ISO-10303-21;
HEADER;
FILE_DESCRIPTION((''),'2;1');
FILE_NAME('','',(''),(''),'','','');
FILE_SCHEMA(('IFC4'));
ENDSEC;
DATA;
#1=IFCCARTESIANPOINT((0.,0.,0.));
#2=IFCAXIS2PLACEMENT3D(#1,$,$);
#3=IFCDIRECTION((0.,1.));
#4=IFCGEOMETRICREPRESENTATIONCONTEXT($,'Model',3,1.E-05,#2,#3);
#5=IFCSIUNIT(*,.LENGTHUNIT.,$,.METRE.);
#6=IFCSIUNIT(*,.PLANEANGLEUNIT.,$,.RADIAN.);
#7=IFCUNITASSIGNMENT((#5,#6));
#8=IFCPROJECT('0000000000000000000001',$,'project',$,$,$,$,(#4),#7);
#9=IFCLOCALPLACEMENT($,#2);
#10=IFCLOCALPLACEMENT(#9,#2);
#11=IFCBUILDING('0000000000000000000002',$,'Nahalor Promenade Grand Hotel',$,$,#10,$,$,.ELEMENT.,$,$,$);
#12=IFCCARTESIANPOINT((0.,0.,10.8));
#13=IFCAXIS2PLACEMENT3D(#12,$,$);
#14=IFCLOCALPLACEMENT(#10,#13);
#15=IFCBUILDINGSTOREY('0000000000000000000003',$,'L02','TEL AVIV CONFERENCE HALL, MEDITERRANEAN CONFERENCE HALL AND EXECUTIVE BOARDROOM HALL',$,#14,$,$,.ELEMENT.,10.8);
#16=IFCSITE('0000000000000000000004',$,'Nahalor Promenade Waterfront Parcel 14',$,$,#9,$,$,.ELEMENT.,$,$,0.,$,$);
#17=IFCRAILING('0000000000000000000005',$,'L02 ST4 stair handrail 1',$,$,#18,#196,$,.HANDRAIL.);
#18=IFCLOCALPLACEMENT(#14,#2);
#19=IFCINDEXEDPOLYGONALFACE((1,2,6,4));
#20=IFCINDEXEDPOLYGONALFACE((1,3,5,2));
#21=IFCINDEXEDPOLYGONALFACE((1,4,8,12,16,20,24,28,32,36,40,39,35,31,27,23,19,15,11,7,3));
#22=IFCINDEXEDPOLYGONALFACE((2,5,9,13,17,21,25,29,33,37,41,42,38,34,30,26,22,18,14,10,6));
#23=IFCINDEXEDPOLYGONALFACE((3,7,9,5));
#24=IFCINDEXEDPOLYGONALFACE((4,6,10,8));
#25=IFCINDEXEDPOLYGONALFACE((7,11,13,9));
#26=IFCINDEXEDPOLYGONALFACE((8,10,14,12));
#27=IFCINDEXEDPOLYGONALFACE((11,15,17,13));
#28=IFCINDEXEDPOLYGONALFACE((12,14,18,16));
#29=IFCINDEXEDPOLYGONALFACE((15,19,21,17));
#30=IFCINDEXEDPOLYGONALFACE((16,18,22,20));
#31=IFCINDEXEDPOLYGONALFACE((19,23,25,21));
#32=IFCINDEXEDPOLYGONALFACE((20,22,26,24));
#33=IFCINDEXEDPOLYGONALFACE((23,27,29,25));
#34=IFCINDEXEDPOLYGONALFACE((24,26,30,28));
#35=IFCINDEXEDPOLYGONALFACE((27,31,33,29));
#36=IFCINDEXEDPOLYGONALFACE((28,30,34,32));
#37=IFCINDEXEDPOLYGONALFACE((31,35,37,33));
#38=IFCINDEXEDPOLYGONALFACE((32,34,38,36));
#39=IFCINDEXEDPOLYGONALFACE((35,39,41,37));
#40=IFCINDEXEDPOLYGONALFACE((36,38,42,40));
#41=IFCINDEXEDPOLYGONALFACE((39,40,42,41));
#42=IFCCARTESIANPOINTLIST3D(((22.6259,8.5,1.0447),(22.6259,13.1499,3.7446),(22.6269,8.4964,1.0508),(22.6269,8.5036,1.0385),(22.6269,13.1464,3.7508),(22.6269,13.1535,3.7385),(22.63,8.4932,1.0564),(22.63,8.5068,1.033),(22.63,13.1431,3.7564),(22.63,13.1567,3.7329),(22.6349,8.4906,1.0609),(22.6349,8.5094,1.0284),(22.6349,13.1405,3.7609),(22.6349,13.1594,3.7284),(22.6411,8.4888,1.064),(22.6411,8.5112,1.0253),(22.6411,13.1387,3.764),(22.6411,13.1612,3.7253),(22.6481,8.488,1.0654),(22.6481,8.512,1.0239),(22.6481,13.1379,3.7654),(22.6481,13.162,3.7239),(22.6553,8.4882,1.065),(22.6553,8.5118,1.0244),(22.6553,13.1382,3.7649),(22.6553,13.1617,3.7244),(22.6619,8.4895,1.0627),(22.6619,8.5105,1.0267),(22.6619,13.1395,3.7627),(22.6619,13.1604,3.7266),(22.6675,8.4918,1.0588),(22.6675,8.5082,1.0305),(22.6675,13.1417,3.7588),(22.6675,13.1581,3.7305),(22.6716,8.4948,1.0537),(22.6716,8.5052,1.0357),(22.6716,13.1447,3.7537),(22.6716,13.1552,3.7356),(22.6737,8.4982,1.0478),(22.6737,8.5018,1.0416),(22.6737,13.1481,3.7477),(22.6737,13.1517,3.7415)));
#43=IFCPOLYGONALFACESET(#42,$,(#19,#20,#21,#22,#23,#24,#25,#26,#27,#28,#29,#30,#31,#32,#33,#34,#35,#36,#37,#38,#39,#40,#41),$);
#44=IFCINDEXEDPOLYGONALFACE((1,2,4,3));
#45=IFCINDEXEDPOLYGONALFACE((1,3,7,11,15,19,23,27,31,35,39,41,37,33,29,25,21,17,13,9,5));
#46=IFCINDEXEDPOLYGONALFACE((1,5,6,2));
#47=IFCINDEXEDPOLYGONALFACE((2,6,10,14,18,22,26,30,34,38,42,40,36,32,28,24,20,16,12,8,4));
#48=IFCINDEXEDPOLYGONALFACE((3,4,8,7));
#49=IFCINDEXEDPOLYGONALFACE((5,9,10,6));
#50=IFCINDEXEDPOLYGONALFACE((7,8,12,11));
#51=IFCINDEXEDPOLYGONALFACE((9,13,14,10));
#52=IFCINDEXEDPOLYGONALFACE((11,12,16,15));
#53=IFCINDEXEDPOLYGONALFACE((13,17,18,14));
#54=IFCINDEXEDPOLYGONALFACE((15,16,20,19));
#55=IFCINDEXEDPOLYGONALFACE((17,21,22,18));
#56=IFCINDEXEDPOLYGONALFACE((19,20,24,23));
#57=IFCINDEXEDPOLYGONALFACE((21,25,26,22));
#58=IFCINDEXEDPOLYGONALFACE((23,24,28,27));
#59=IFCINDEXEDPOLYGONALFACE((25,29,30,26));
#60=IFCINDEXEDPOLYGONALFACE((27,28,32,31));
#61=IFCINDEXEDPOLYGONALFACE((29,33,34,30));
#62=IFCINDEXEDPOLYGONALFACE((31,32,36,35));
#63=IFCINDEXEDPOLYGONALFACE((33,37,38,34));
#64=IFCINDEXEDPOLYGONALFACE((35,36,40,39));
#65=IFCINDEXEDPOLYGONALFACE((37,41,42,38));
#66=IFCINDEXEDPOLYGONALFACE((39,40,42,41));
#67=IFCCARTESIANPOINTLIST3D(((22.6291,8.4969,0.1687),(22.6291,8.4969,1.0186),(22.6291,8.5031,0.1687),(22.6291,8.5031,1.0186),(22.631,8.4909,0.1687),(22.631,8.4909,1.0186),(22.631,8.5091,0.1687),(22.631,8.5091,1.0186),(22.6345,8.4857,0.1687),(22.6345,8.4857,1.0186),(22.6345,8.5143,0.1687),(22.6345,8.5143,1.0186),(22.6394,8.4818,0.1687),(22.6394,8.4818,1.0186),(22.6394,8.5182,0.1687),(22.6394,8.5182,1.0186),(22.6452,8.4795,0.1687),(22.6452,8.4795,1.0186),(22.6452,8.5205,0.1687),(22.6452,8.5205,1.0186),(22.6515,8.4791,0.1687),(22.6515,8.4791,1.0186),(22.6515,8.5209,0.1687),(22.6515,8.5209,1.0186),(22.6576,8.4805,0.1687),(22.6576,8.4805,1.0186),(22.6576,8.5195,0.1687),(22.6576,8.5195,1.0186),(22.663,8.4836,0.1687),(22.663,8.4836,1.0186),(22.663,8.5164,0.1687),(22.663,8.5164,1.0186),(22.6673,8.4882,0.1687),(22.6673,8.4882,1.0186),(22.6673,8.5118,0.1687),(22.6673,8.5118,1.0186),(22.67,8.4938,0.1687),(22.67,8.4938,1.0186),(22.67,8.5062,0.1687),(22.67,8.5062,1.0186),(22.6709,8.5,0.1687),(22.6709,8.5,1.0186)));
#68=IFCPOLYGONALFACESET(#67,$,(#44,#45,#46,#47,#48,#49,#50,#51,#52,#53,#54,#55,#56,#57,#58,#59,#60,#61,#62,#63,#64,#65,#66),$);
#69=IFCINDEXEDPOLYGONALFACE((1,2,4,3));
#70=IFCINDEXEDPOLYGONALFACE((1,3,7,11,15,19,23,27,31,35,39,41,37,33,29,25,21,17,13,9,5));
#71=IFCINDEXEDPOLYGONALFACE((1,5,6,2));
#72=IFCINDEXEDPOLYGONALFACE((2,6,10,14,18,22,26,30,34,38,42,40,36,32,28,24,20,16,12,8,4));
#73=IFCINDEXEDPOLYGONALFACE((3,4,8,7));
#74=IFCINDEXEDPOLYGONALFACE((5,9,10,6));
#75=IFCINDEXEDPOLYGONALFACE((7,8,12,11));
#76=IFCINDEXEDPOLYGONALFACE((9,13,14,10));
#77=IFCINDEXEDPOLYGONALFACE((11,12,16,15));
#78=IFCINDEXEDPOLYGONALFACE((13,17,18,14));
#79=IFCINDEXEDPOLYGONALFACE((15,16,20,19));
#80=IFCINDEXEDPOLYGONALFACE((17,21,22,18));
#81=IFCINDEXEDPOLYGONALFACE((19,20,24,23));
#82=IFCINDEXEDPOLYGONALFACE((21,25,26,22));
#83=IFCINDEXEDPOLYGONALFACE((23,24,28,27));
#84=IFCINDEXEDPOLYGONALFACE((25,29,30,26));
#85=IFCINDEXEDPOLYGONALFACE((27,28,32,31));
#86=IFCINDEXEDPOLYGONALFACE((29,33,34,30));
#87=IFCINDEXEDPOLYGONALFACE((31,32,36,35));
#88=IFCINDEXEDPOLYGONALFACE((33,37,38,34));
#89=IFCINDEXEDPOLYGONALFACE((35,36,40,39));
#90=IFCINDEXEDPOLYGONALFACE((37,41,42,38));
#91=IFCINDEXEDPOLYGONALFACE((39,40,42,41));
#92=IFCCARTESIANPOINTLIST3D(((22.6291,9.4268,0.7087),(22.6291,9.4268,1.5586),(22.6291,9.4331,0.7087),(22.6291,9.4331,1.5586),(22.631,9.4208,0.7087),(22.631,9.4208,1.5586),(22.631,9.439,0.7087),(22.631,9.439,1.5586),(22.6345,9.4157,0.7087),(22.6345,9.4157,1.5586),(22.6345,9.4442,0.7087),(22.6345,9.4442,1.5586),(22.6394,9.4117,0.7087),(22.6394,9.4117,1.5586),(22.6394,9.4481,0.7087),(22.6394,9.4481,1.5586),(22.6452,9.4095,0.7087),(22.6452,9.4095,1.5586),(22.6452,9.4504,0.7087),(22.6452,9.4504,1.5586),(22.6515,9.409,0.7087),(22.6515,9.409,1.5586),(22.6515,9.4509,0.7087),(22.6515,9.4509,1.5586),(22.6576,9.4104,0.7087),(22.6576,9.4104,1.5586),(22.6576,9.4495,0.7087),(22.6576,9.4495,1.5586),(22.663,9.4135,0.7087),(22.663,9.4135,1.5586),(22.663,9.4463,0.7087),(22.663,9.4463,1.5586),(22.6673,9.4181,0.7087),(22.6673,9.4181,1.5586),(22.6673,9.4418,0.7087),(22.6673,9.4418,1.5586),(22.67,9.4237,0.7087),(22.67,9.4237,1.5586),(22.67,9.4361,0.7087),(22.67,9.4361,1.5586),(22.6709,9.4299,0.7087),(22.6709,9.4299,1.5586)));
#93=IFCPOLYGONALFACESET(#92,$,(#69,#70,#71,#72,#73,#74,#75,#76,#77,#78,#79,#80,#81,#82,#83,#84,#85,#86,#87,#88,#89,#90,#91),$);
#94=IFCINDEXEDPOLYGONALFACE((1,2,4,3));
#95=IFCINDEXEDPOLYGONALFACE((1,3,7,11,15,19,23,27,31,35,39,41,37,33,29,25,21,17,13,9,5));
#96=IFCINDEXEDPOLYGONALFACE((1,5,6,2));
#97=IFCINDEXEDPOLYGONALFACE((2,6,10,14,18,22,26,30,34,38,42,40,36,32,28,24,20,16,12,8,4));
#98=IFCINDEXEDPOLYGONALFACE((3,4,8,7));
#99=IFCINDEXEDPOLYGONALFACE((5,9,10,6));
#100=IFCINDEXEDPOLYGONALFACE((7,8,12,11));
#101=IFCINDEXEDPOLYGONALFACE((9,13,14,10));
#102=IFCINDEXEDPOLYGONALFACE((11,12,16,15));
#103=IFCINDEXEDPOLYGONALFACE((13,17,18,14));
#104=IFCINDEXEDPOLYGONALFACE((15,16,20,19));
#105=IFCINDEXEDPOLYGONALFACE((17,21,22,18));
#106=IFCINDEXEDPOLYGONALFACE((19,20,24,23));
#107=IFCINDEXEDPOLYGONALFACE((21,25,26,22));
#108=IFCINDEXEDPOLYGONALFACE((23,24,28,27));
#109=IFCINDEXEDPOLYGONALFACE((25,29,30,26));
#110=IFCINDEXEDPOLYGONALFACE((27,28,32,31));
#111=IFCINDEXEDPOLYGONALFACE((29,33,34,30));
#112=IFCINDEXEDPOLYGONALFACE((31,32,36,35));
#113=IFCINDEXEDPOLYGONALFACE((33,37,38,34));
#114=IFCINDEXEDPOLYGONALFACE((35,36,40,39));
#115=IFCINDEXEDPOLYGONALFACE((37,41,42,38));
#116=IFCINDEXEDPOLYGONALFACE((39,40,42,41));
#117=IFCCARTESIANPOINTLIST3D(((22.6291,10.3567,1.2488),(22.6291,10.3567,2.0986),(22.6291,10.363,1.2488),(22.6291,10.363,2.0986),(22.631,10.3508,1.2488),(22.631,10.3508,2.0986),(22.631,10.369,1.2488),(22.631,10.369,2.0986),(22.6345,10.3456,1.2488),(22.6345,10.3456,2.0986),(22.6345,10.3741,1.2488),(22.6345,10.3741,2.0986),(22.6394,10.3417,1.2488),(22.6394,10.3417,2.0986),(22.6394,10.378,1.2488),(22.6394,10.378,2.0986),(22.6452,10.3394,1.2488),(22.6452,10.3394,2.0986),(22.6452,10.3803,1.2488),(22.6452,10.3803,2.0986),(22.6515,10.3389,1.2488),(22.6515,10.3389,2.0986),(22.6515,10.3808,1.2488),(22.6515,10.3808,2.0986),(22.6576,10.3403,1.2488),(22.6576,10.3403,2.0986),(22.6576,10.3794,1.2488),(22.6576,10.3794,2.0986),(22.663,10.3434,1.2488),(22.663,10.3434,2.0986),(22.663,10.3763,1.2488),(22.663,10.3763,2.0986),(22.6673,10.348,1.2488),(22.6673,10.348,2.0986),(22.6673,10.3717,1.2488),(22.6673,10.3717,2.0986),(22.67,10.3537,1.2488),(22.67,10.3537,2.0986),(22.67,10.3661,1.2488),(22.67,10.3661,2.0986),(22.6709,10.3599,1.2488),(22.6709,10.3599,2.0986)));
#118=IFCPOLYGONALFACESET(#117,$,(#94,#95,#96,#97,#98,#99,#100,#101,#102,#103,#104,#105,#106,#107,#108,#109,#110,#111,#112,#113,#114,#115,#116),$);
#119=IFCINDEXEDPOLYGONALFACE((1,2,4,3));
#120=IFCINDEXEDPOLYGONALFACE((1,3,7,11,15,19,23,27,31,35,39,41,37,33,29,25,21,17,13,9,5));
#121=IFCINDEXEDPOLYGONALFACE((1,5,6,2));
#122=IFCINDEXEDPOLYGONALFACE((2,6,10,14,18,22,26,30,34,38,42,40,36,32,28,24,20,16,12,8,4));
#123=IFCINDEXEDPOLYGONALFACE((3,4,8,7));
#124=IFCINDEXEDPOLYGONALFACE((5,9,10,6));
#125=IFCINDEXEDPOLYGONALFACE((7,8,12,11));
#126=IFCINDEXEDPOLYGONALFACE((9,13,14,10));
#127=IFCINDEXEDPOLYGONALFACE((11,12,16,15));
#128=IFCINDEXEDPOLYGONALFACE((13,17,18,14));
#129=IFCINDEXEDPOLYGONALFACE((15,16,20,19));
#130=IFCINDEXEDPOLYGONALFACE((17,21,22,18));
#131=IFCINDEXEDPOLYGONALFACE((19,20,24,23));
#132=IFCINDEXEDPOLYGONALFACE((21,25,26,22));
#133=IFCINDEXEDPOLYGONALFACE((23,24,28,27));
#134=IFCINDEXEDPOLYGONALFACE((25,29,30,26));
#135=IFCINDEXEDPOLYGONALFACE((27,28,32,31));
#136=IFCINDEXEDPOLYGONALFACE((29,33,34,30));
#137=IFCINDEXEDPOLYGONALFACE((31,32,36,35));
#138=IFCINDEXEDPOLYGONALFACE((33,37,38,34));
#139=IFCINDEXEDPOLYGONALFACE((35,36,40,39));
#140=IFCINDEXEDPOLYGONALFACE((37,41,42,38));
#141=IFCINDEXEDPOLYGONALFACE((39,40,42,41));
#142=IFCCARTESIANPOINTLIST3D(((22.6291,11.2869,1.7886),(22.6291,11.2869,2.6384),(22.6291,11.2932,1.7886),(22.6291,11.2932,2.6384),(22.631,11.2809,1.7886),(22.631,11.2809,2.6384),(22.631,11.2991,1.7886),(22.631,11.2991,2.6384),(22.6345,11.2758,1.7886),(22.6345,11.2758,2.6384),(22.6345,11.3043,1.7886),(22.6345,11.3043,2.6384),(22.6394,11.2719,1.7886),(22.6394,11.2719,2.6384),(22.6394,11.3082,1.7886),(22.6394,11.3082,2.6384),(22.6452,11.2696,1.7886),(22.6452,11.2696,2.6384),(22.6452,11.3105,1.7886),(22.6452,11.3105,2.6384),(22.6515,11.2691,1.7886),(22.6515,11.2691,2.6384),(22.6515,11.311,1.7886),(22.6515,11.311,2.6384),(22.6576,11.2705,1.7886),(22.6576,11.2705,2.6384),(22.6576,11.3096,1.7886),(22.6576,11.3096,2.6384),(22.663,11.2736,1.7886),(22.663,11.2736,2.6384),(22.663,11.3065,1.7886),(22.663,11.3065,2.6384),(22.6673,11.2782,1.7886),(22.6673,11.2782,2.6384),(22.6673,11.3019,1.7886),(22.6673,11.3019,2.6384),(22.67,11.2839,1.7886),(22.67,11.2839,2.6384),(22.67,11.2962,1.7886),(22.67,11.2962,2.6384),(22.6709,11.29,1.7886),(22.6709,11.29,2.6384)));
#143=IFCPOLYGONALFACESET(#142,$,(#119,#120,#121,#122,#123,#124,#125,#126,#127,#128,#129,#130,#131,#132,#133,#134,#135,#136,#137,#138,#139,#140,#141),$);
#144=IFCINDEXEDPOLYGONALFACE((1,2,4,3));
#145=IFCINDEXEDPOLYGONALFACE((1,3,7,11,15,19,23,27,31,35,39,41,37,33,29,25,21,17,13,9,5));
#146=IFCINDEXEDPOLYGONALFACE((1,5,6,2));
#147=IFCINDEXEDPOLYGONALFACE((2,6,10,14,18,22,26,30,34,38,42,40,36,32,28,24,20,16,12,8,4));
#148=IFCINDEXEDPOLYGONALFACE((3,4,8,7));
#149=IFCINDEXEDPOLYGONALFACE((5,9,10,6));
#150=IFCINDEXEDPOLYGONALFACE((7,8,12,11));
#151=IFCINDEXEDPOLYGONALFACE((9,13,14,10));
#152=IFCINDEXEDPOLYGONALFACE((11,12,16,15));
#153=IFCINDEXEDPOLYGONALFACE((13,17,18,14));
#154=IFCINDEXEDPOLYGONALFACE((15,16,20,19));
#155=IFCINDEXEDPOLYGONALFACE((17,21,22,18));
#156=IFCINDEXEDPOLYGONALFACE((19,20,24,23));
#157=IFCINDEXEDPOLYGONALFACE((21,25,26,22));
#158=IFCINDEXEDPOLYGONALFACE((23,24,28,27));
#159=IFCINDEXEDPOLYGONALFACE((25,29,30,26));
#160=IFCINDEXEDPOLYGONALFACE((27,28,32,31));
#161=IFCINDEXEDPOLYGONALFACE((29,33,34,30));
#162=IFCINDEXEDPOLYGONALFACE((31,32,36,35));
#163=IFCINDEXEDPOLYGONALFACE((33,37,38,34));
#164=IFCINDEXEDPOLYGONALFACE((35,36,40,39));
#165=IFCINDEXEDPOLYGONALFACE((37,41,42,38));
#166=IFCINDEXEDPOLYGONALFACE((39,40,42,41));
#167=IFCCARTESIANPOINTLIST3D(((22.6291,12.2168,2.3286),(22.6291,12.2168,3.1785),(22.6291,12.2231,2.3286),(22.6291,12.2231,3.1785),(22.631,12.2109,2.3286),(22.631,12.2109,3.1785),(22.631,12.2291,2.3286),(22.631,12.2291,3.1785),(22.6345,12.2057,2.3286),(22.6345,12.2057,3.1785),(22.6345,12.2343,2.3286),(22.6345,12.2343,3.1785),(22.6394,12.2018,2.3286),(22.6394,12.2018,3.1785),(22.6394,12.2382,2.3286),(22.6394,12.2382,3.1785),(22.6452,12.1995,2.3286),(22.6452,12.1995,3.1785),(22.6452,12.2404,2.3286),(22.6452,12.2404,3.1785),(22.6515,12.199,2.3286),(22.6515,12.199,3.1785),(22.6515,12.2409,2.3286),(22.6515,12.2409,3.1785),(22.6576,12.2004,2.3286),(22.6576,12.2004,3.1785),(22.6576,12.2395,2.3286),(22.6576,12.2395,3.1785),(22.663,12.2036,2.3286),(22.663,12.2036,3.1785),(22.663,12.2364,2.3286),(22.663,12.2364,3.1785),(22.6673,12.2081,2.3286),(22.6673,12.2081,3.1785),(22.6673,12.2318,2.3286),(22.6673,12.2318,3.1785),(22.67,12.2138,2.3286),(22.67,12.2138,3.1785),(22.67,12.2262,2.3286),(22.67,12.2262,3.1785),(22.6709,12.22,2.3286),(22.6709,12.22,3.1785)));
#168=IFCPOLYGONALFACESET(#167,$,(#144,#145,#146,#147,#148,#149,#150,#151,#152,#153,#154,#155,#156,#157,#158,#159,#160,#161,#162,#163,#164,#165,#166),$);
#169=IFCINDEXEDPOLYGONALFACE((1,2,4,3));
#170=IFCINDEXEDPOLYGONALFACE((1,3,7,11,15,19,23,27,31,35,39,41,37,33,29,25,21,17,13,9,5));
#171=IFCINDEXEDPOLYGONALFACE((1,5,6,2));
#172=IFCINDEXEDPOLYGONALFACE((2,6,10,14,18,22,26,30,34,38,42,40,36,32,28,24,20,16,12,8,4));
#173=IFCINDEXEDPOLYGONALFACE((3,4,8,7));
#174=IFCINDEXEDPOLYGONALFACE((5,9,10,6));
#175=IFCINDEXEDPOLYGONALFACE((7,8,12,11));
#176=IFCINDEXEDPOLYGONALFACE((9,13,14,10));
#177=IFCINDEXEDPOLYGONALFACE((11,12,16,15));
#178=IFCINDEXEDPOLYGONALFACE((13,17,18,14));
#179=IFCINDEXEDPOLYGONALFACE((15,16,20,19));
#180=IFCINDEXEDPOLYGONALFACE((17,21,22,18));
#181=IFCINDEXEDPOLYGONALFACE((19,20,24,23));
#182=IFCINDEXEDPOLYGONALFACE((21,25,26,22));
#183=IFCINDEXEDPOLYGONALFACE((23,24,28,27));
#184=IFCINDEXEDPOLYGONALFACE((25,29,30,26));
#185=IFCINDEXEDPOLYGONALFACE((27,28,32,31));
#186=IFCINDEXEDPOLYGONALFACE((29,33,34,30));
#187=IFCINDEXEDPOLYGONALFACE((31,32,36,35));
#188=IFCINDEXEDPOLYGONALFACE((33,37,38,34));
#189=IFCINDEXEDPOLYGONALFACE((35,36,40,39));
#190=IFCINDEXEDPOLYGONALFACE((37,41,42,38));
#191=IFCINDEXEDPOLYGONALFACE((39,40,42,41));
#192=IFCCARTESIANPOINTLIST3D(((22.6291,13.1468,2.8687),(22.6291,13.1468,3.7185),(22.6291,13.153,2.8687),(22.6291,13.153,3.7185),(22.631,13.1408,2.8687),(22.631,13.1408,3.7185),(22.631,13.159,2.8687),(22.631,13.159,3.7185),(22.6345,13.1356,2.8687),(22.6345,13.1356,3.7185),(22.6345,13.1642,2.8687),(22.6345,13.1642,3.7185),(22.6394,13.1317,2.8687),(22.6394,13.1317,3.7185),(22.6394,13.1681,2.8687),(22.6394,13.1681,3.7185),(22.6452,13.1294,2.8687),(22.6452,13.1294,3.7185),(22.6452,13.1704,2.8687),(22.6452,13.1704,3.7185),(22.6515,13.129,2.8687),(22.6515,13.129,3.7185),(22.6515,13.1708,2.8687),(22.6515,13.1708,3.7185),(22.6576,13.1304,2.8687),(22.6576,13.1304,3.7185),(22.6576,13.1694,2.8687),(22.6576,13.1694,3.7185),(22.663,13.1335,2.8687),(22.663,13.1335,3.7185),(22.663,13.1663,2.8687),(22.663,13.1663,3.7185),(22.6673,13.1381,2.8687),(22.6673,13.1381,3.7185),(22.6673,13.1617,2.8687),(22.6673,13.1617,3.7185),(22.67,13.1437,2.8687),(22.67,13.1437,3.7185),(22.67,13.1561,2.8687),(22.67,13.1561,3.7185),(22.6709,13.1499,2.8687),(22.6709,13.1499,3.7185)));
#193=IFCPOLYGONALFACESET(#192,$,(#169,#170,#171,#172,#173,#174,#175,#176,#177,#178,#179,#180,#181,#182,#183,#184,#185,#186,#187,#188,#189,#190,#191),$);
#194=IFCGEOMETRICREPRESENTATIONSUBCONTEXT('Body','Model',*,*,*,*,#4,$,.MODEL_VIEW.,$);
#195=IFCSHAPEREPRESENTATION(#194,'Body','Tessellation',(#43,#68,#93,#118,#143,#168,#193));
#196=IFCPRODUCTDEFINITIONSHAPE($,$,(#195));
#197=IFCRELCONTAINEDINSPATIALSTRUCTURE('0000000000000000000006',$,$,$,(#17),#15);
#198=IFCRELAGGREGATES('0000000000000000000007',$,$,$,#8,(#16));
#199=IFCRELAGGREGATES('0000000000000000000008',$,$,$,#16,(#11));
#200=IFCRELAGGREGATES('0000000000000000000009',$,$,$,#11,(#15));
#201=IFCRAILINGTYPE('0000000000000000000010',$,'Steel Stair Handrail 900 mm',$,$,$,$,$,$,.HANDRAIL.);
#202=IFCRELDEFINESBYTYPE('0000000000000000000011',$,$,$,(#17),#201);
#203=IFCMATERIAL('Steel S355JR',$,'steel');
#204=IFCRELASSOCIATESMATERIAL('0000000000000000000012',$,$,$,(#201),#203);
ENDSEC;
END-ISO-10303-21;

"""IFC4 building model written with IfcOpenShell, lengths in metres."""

from ifc_helpers import new_model, si_unit, direction, frame, origin, origin_2d, place, context, subcontext, project, spatial, circle, extrude, material, type_object, element, save


model = new_model("IFC4")

# Units and contexts
model_context = context("Model", 3, precision=1e-05, world=origin(), true_north=direction((0.0, 1.0)))
body_context = subcontext(model_context, "Body", "Model", "MODEL_VIEW")
ifc_project = project(units=[si_unit("LENGTHUNIT", "METRE"), si_unit("PLANEANGLEUNIT", "RADIAN")], contexts=[model_context])

# Site, building, storey
site_placement = place(None, origin())
site = spatial("IfcSite", under=ifc_project, at=site_placement, Name="Nahalor Promenade Waterfront Parcel 14", CompositionType="ELEMENT", RefElevation=0.0)
building_placement = place(site_placement, origin())
building = spatial("IfcBuilding", under=site, at=building_placement, Name="Nahalor Promenade Grand Hotel", CompositionType="ELEMENT")
storey_placement = place(building_placement, frame((0.0, 0.0, 10.8)))
storey = spatial("IfcBuildingStorey", under=building, at=storey_placement, Name="L02", Description="TEL AVIV CONFERENCE HALL, MEDITERRANEAN CONFERENCE HALL AND EXECUTIVE BOARDROOM HALL", CompositionType="ELEMENT", Elevation=10.8)

# Shared definitions
ifc_material_1 = material(Name="Steel S355JR", Category="steel")

# Railing
railing_type_1 = type_object("IfcRailingType", Name="Steel Stair Handrail 900 mm", PredefinedType="HANDRAIL", material=ifc_material_1)
railing_1_placement = place(storey_placement, frame((22.6499, 8.5, 0.1687)))
element("IfcRailing", 1, at=railing_1_placement, inside=storey, type_object=railing_type_1, Name="L02 ST4 stair handrail 1", PredefinedType="HANDRAIL", context=body_context, shape_type="SweptSolid", body=[
    extrude(circle(Radius=0.024, at=origin_2d()), frame((0.0, 0.0, 0.876), z_axis=(0.0, 0.864788, 0.502137), x_axis=(-1.0, 0.0, 0.0)), (0.0, 0.0, 1.0), 5.377),
    extrude(circle(Radius=0.021, at=origin_2d()), origin(), (0.0, 0.0, 1.0), 0.8499),
    extrude(circle(Radius=0.021, at=origin_2d()), frame((0.0, 0.9299, 0.54)), (0.0, 0.0, 1.0), 0.8499),
    extrude(circle(Radius=0.021, at=origin_2d()), frame((0.0, 1.8599, 1.0801)), (0.0, 0.0, 1.0), 0.8499),
    extrude(circle(Radius=0.021, at=origin_2d()), frame((0.0, 2.79, 1.6199)), (0.0, 0.0, 1.0), 0.8499),
    extrude(circle(Radius=0.021, at=origin_2d()), frame((0.0, 3.72, 2.1599)), (0.0, 0.0, 1.0), 0.8499),
    extrude(circle(Radius=0.021, at=origin_2d()), frame((0.0, 4.6499, 2.7)), (0.0, 0.0, 1.0), 0.8499),
])

save(model, "model.ifc")
